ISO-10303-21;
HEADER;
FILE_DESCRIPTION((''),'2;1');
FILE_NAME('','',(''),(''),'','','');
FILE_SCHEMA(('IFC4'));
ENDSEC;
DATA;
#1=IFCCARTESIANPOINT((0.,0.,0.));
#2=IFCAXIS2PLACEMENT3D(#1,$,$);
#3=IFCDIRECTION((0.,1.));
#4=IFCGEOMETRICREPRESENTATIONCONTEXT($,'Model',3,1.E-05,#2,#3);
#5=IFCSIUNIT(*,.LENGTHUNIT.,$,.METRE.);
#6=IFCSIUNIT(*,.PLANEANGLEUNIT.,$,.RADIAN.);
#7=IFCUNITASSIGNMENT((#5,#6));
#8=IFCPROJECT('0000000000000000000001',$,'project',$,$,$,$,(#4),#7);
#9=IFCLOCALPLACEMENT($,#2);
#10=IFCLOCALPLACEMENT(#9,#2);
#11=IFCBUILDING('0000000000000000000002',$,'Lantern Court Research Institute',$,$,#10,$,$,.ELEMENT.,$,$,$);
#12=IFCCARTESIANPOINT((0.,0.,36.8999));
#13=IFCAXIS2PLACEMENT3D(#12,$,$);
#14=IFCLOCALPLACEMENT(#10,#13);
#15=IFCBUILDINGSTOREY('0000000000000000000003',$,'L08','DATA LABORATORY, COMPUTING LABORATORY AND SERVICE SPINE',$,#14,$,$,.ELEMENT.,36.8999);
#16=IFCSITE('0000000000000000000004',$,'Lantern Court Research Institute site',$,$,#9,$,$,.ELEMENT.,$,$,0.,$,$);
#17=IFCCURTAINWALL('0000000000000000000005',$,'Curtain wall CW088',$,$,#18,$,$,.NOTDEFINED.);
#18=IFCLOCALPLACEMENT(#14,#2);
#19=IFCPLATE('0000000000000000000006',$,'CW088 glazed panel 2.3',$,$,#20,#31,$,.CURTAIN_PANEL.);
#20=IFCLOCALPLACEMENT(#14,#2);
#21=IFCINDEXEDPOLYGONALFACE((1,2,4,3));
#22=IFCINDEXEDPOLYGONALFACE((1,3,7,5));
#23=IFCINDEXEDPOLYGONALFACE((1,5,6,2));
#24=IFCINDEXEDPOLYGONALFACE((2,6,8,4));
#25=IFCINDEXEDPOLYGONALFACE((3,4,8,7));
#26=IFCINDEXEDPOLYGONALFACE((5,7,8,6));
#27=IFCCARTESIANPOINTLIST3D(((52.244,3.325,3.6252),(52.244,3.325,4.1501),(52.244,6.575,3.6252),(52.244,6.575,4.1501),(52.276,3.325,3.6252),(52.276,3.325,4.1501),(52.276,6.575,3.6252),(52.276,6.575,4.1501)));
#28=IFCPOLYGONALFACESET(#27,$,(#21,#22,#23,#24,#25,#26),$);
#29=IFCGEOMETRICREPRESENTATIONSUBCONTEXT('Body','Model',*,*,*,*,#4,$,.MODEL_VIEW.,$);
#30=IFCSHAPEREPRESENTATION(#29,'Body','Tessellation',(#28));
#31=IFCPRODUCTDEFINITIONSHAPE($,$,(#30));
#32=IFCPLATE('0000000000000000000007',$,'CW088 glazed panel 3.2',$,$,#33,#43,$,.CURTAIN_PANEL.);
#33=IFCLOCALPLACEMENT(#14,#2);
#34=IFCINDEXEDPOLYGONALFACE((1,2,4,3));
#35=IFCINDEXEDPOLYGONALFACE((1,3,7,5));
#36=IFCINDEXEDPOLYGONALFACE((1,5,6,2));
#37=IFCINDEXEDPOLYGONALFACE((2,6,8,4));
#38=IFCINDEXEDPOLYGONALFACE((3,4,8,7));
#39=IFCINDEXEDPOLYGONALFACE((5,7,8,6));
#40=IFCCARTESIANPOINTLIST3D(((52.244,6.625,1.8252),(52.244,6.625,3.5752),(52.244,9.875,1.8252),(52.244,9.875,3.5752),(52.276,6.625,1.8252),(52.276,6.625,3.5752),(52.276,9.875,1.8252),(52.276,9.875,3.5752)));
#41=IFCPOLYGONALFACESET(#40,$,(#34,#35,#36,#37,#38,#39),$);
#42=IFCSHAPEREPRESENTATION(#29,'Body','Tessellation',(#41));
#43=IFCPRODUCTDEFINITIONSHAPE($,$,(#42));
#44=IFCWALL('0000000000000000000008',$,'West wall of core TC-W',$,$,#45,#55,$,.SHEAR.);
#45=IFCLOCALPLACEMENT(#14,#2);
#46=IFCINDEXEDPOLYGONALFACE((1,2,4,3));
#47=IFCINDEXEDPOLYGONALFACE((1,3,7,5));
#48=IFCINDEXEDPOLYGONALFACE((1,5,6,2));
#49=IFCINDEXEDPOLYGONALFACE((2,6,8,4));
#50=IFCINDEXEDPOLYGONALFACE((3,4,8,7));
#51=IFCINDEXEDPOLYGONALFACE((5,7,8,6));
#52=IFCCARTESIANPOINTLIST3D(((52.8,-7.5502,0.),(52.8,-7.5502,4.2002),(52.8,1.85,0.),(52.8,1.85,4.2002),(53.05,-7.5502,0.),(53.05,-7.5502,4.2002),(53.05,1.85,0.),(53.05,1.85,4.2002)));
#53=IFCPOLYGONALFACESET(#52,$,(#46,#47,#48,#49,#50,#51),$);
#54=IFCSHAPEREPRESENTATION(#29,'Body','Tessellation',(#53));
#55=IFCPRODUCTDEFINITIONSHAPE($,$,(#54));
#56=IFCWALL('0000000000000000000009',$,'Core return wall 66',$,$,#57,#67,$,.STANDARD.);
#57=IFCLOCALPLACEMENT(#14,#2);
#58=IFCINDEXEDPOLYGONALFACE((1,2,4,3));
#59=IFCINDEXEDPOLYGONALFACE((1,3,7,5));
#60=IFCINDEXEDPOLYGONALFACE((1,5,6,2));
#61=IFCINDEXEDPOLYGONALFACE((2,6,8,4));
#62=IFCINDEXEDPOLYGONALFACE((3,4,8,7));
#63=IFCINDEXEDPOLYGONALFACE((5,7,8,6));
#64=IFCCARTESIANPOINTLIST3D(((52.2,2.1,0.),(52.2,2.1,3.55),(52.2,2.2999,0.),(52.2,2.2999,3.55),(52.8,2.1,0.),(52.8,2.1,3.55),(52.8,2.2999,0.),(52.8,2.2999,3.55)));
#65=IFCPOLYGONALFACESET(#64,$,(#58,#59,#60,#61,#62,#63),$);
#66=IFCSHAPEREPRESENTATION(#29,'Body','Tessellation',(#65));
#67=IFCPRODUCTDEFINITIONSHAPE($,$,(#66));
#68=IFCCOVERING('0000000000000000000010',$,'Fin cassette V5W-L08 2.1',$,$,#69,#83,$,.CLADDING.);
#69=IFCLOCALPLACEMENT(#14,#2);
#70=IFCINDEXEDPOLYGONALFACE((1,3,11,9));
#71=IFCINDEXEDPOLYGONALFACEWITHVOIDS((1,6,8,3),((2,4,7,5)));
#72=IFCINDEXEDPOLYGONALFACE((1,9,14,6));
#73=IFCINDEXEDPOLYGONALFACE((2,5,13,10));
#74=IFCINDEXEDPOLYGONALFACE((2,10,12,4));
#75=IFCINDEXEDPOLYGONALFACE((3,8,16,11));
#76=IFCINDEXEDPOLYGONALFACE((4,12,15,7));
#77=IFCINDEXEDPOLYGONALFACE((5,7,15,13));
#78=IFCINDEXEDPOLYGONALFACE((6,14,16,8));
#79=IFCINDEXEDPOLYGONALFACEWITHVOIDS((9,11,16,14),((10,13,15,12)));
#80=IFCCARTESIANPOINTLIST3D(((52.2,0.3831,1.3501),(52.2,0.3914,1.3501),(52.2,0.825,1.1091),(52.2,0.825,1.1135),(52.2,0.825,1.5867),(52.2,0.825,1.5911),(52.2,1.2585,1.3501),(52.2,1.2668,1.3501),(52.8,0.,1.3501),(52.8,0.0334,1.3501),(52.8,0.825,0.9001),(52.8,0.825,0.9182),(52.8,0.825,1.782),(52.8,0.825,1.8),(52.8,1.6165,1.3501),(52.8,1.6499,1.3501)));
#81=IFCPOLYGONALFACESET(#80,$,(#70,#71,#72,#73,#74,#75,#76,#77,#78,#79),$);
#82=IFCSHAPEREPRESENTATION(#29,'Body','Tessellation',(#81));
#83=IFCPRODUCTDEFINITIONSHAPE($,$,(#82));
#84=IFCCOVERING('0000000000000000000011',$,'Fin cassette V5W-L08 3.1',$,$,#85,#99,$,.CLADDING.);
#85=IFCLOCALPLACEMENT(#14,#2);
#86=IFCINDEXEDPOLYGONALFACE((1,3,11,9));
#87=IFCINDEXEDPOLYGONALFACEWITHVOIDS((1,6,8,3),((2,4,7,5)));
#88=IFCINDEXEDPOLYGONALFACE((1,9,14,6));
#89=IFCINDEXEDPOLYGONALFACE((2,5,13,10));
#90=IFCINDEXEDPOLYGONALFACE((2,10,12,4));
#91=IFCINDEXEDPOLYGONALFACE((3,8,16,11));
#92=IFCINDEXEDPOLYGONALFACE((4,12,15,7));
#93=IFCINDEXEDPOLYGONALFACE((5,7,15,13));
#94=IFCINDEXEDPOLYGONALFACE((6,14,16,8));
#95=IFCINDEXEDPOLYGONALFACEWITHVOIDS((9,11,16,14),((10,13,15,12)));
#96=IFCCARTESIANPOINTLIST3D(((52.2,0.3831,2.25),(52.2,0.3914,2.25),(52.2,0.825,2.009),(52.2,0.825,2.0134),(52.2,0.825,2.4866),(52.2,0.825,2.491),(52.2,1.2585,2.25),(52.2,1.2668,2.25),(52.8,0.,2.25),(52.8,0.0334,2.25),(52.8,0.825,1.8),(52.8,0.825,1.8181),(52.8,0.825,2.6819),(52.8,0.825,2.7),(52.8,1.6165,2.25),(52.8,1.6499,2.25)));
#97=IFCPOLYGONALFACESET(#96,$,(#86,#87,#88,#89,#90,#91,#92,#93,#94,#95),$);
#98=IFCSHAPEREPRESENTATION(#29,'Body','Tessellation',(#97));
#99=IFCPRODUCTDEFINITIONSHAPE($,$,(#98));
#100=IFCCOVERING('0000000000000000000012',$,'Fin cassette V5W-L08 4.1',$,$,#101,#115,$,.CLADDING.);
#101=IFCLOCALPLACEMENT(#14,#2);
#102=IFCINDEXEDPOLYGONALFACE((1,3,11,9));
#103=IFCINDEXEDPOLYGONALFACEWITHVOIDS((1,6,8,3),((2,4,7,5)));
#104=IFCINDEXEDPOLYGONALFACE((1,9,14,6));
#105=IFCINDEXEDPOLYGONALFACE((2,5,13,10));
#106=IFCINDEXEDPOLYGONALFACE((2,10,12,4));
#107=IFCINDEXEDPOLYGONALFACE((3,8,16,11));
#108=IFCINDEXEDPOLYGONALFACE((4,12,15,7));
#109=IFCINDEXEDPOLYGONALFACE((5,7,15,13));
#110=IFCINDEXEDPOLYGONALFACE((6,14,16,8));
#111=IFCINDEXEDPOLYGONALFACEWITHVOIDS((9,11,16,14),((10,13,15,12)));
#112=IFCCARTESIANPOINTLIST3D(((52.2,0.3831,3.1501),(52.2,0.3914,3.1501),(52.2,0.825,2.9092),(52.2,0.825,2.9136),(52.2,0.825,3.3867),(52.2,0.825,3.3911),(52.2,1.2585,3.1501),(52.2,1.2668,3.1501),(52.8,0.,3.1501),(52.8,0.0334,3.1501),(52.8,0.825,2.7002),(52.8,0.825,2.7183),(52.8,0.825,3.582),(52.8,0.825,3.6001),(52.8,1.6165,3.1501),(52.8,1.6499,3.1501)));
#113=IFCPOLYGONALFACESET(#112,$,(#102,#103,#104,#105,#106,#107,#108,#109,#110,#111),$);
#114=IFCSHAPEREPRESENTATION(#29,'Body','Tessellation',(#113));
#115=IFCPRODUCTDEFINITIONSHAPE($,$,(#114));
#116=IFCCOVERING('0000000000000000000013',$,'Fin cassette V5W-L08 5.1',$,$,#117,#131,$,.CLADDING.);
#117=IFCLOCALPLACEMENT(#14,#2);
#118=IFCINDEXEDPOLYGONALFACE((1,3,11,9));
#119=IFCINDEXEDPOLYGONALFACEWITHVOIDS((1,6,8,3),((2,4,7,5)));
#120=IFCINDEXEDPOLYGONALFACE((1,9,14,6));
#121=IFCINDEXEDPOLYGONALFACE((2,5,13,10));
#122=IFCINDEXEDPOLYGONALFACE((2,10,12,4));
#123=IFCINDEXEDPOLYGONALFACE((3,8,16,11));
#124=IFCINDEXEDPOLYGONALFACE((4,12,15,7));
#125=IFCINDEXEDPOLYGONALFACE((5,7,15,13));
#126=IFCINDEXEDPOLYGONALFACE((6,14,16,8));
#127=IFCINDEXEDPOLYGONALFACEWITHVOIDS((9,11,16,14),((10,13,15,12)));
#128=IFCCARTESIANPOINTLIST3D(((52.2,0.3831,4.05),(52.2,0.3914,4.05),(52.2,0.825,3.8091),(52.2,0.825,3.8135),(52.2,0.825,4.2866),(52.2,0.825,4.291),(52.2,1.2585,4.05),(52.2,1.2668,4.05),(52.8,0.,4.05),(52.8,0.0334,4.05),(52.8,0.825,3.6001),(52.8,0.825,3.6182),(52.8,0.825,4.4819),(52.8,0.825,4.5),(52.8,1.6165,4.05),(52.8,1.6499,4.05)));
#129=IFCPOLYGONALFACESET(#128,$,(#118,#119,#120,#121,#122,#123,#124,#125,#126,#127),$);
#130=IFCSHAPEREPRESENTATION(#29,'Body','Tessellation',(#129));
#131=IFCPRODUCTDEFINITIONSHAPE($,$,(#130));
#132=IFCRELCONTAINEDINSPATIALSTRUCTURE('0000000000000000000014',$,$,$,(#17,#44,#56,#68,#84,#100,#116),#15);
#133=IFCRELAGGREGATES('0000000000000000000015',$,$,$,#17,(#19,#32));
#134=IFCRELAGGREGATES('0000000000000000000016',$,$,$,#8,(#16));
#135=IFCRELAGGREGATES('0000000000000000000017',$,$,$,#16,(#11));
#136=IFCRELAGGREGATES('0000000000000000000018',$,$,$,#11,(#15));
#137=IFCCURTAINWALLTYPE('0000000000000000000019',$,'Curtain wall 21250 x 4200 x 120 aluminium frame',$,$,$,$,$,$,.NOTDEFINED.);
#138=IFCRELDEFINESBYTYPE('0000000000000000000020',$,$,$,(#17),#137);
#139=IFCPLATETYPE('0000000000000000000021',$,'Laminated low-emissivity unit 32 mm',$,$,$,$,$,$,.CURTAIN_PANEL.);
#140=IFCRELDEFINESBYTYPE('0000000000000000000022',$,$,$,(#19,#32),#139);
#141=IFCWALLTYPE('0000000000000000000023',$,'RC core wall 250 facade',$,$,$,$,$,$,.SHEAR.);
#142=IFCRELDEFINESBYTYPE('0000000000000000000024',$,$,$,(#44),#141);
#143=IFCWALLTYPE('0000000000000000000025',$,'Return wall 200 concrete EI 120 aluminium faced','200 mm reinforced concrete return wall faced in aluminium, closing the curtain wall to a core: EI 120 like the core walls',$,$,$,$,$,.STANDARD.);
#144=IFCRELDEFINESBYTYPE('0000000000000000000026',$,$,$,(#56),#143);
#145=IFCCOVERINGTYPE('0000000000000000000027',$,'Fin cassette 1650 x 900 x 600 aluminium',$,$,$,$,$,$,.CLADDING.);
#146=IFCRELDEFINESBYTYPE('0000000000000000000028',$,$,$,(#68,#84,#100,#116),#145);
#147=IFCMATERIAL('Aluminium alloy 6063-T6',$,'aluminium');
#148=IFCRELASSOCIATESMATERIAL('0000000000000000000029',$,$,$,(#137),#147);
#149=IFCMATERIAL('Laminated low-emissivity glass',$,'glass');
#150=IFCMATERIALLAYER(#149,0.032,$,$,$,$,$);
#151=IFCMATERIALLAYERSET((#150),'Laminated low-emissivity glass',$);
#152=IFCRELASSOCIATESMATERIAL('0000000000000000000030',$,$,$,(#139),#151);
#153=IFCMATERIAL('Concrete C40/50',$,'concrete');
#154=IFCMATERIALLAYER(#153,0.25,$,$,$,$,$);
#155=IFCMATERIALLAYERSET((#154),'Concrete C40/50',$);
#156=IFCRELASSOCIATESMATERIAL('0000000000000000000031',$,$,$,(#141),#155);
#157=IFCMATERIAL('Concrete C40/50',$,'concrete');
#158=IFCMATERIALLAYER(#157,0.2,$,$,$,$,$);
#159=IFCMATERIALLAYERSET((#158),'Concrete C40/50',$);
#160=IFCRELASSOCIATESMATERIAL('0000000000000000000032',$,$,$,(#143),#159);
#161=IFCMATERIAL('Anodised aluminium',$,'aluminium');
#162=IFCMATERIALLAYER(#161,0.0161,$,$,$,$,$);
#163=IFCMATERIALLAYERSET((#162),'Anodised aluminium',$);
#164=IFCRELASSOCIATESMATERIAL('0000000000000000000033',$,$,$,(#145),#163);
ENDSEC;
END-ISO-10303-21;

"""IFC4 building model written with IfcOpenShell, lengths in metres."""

from ifc_helpers import new_model, entity, si_unit, direction, frame, frame_2d, origin, origin_2d, place, context, subcontext, project, spatial, rectangle, extrude, material, layer, layer_set, type_object, element, aggregate, save


model = new_model("IFC4")

# Units and contexts
model_context = context("Model", 3, precision=1e-05, world=origin(), true_north=direction((0.0, 1.0)))
body_context = subcontext(model_context, "Body", "Model", "MODEL_VIEW")
ifc_project = project(units=[si_unit("LENGTHUNIT", "METRE"), si_unit("PLANEANGLEUNIT", "RADIAN")], contexts=[model_context])

# Site, building, storey
site_placement = place(None, origin())
site = spatial("IfcSite", under=ifc_project, at=site_placement, Name="Lantern Court Research Institute site", CompositionType="ELEMENT", RefElevation=0.0)
building_placement = place(site_placement, origin())
building = spatial("IfcBuilding", under=site, at=building_placement, Name="Lantern Court Research Institute", CompositionType="ELEMENT")
storey_placement = place(building_placement, frame((0.0, 0.0, 36.8999)))
storey = spatial("IfcBuildingStorey", under=building, at=storey_placement, Name="L08", Description="DATA LABORATORY, COMPUTING LABORATORY AND SERVICE SPINE", CompositionType="ELEMENT", Elevation=36.8999)

# Curtain wall, plates
ifc_material_1 = material(Name="Aluminium alloy 6063-T6", Category="aluminium")
curtain_wall_type = type_object("IfcCurtainWallType", Name="Curtain wall 21250 x 4200 x 120 aluminium frame", PredefinedType="NOTDEFINED", material=ifc_material_1)
curtain_wall_placement = place(storey_placement, origin())
curtain_wall = element("IfcCurtainWall", 1, at=curtain_wall_placement, inside=storey, type_object=curtain_wall_type, Name="Curtain wall CW088", PredefinedType="NOTDEFINED")
ifc_material_2 = material(Name="Laminated low-emissivity glass", Category="glass")
ifc_layer_1 = layer(ifc_material_2, 0.032)
ifc_layer_set_1 = layer_set([ifc_layer_1], Name="Laminated low-emissivity glass")
plate_type_1 = type_object("IfcPlateType", Name="Laminated low-emissivity unit 32 mm", PredefinedType="CURTAIN_PANEL", material=ifc_layer_set_1)
plate_1_placement = place(storey_placement, frame((52.26, 4.95, 3.6252), z_axis=(0.0, 0.0, 1.0), x_axis=(0.0, 1.0, 0.0)))
plate_1 = element("IfcPlate", 2, at=plate_1_placement, type_object=plate_type_1, Name="CW088 glazed panel 2.3", PredefinedType="CURTAIN_PANEL", context=body_context, shape_type="SweptSolid", body=[
    extrude(rectangle(XDim=3.25, YDim=0.032, at=origin_2d()), origin(), (0.0, 0.0, 1.0), 0.5249),
])
plate_2_placement = place(storey_placement, frame((52.26, 8.25, 1.8252), z_axis=(0.0, 0.0, 1.0), x_axis=(0.0, 1.0, 0.0)))
plate_2 = element("IfcPlate", 3, at=plate_2_placement, type_object=plate_type_1, Name="CW088 glazed panel 3.2", PredefinedType="CURTAIN_PANEL", context=body_context, shape_type="SweptSolid", body=[
    extrude(rectangle(XDim=3.25, YDim=0.032, at=origin_2d()), origin(), (0.0, 0.0, 1.0), 1.75),
])
aggregate(curtain_wall, [plate_1, plate_2])

# Walls
ifc_material_3 = material(Name="Concrete C40/50", Category="concrete")
ifc_layer_2 = layer(ifc_material_3, 0.25)
ifc_layer_set_2 = layer_set([ifc_layer_2], Name="Concrete C40/50")
wall_type_1 = type_object("IfcWallType", Name="RC core wall 250 facade", PredefinedType="SHEAR", material=ifc_layer_set_2)
wall_1_placement = place(storey_placement, frame((52.925, 1.8501, 0.0), z_axis=(0.0, 0.0, 1.0), x_axis=(0.0, -1.0, 0.0)))
element("IfcWall", 4, at=wall_1_placement, inside=storey, type_object=wall_type_1, Name="West wall of core TC-W", PredefinedType="SHEAR", context=body_context, shape_type="SweptSolid", body=[
    extrude(rectangle(XDim=9.4001, YDim=0.25, at=frame_2d((4.7002, 0.0))), origin(), (0.0, 0.0, 1.0), 4.2002),
])
ifc_material_4 = material(Name="Concrete C40/50", Category="concrete")
ifc_layer_3 = layer(ifc_material_4, 0.2)
ifc_layer_set_3 = layer_set([ifc_layer_3], Name="Concrete C40/50")
wall_type_2 = type_object("IfcWallType", Name="Return wall 200 concrete EI 120 aluminium faced", Description="200 mm reinforced concrete return wall faced in aluminium, closing the curtain wall to a core: EI 120 like the core walls", PredefinedType="STANDARD", material=ifc_layer_set_3)
wall_2_placement = place(storey_placement, frame((52.8, 2.2, 0.0), z_axis=(0.0, 0.0, 1.0), x_axis=(-1.0, 0.0, 0.0)))
element("IfcWall", 5, at=wall_2_placement, inside=storey, type_object=wall_type_2, Name="Core return wall 66", PredefinedType="STANDARD", context=body_context, shape_type="SweptSolid", body=[
    extrude(rectangle(XDim=0.6001, YDim=0.2, at=frame_2d((0.3, 0.0))), origin(), (0.0, 0.0, 1.0), 3.55),
])

# Coverings
ifc_material_5 = material(Name="Anodised aluminium", Category="aluminium")
ifc_layer_4 = layer(ifc_material_5, 0.0161)
ifc_layer_set_4 = layer_set([ifc_layer_4], Name="Anodised aluminium")
covering_type = type_object("IfcCoveringType", Name="Fin cassette 1650 x 900 x 600 aluminium", PredefinedType="CLADDING", material=ifc_layer_set_4)
covering_1_placement = place(storey_placement, frame((52.8, 0.825, 1.3501), z_axis=(-1.0, 0.0, 0.0), x_axis=(0.0, -1.0, 0.0)))
cartesian_point_1 = entity("IfcCartesianPoint", [0.825, 0.0])
cartesian_point_2 = entity("IfcCartesianPoint", [0.7915, 0.0])
cartesian_point_3 = entity("IfcCartesianPoint", [0.4419, 0.0])
cartesian_point_4 = entity("IfcCartesianPoint", [0.4336, 0.0])
element("IfcCovering", 6, at=covering_1_placement, inside=storey, type_object=covering_type, Name="Fin cassette V5W-L08 2.1", PredefinedType="CLADDING", context=body_context, shape_type="SweptSolid", body=[
    entity("IfcExtrudedAreaSolidTapered", entity("IfcArbitraryProfileDefWithVoids", "AREA", None, entity("IfcPolyline", [cartesian_point_1, entity("IfcCartesianPoint", [0.0, 0.45]), entity("IfcCartesianPoint", [-0.825, 0.0]), entity("IfcCartesianPoint", [0.0, -0.45]), cartesian_point_1]), [entity("IfcPolyline", [cartesian_point_2, entity("IfcCartesianPoint", [0.0, 0.4319]), entity("IfcCartesianPoint", [-0.7915, 0.0]), entity("IfcCartesianPoint", [0.0, -0.4319]), cartesian_point_2])]), entity("IfcAxis2Placement3D", entity("IfcCartesianPoint", [0.0, 0.0, 0.0])), entity("IfcDirection", [0.0, 0.0, 1.0]), 0.6001, entity("IfcArbitraryProfileDefWithVoids", "AREA", None, entity("IfcPolyline", [cartesian_point_3, entity("IfcCartesianPoint", [0.0, 0.241]), entity("IfcCartesianPoint", [-0.4419, 0.0]), entity("IfcCartesianPoint", [0.0, -0.241]), cartesian_point_3]), [entity("IfcPolyline", [cartesian_point_4, entity("IfcCartesianPoint", [0.0, 0.2366]), entity("IfcCartesianPoint", [-0.4336, 0.0]), entity("IfcCartesianPoint", [0.0, -0.2366]), cartesian_point_4])])),
])
covering_2_placement = place(storey_placement, frame((52.8, 0.825, 2.25), z_axis=(-1.0, 0.0, 0.0), x_axis=(0.0, -1.0, 0.0)))
cartesian_point_5 = entity("IfcCartesianPoint", [0.825, 0.0])
cartesian_point_6 = entity("IfcCartesianPoint", [0.7915, 0.0])
cartesian_point_7 = entity("IfcCartesianPoint", [0.4419, 0.0])
cartesian_point_8 = entity("IfcCartesianPoint", [0.4336, 0.0])
element("IfcCovering", 7, at=covering_2_placement, inside=storey, type_object=covering_type, Name="Fin cassette V5W-L08 3.1", PredefinedType="CLADDING", context=body_context, shape_type="SweptSolid", body=[
    entity("IfcExtrudedAreaSolidTapered", entity("IfcArbitraryProfileDefWithVoids", "AREA", None, entity("IfcPolyline", [cartesian_point_5, entity("IfcCartesianPoint", [0.0, 0.45]), entity("IfcCartesianPoint", [-0.825, 0.0]), entity("IfcCartesianPoint", [0.0, -0.45]), cartesian_point_5]), [entity("IfcPolyline", [cartesian_point_6, entity("IfcCartesianPoint", [0.0, 0.4319]), entity("IfcCartesianPoint", [-0.7915, 0.0]), entity("IfcCartesianPoint", [0.0, -0.4319]), cartesian_point_6])]), entity("IfcAxis2Placement3D", entity("IfcCartesianPoint", [0.0, 0.0, 0.0])), entity("IfcDirection", [0.0, 0.0, 1.0]), 0.6001, entity("IfcArbitraryProfileDefWithVoids", "AREA", None, entity("IfcPolyline", [cartesian_point_7, entity("IfcCartesianPoint", [0.0, 0.241]), entity("IfcCartesianPoint", [-0.4419, 0.0]), entity("IfcCartesianPoint", [0.0, -0.241]), cartesian_point_7]), [entity("IfcPolyline", [cartesian_point_8, entity("IfcCartesianPoint", [0.0, 0.2366]), entity("IfcCartesianPoint", [-0.4336, 0.0]), entity("IfcCartesianPoint", [0.0, -0.2366]), cartesian_point_8])])),
])
covering_3_placement = place(storey_placement, frame((52.8, 0.825, 3.1501), z_axis=(-1.0, 0.0, 0.0), x_axis=(0.0, -1.0, 0.0)))
cartesian_point_9 = entity("IfcCartesianPoint", [0.825, 0.0])
cartesian_point_10 = entity("IfcCartesianPoint", [0.7915, 0.0])
cartesian_point_11 = entity("IfcCartesianPoint", [0.4419, 0.0])
cartesian_point_12 = entity("IfcCartesianPoint", [0.4336, 0.0])
element("IfcCovering", 8, at=covering_3_placement, inside=storey, type_object=covering_type, Name="Fin cassette V5W-L08 4.1", PredefinedType="CLADDING", context=body_context, shape_type="SweptSolid", body=[
    entity("IfcExtrudedAreaSolidTapered", entity("IfcArbitraryProfileDefWithVoids", "AREA", None, entity("IfcPolyline", [cartesian_point_9, entity("IfcCartesianPoint", [0.0, 0.45]), entity("IfcCartesianPoint", [-0.825, 0.0]), entity("IfcCartesianPoint", [0.0, -0.45]), cartesian_point_9]), [entity("IfcPolyline", [cartesian_point_10, entity("IfcCartesianPoint", [0.0, 0.4319]), entity("IfcCartesianPoint", [-0.7915, 0.0]), entity("IfcCartesianPoint", [0.0, -0.4319]), cartesian_point_10])]), entity("IfcAxis2Placement3D", entity("IfcCartesianPoint", [0.0, 0.0, 0.0])), entity("IfcDirection", [0.0, 0.0, 1.0]), 0.6001, entity("IfcArbitraryProfileDefWithVoids", "AREA", None, entity("IfcPolyline", [cartesian_point_11, entity("IfcCartesianPoint", [0.0, 0.241]), entity("IfcCartesianPoint", [-0.4419, 0.0]), entity("IfcCartesianPoint", [0.0, -0.241]), cartesian_point_11]), [entity("IfcPolyline", [cartesian_point_12, entity("IfcCartesianPoint", [0.0, 0.2366]), entity("IfcCartesianPoint", [-0.4336, 0.0]), entity("IfcCartesianPoint", [0.0, -0.2366]), cartesian_point_12])])),
])
covering_4_placement = place(storey_placement, frame((52.8, 0.825, 4.05), z_axis=(-1.0, 0.0, 0.0), x_axis=(0.0, -1.0, 0.0)))
cartesian_point_13 = entity("IfcCartesianPoint", [0.825, 0.0])
cartesian_point_14 = entity("IfcCartesianPoint", [0.7915, 0.0])
cartesian_point_15 = entity("IfcCartesianPoint", [0.4419, 0.0])
cartesian_point_16 = entity("IfcCartesianPoint", [0.4336, 0.0])
element("IfcCovering", 9, at=covering_4_placement, inside=storey, type_object=covering_type, Name="Fin cassette V5W-L08 5.1", PredefinedType="CLADDING", context=body_context, shape_type="SweptSolid", body=[
    entity("IfcExtrudedAreaSolidTapered", entity("IfcArbitraryProfileDefWithVoids", "AREA", None, entity("IfcPolyline", [cartesian_point_13, entity("IfcCartesianPoint", [0.0, 0.45]), entity("IfcCartesianPoint", [-0.825, 0.0]), entity("IfcCartesianPoint", [0.0, -0.45]), cartesian_point_13]), [entity("IfcPolyline", [cartesian_point_14, entity("IfcCartesianPoint", [0.0, 0.4319]), entity("IfcCartesianPoint", [-0.7915, 0.0]), entity("IfcCartesianPoint", [0.0, -0.4319]), cartesian_point_14])]), entity("IfcAxis2Placement3D", entity("IfcCartesianPoint", [0.0, 0.0, 0.0])), entity("IfcDirection", [0.0, 0.0, 1.0]), 0.6001, entity("IfcArbitraryProfileDefWithVoids", "AREA", None, entity("IfcPolyline", [cartesian_point_15, entity("IfcCartesianPoint", [0.0, 0.241]), entity("IfcCartesianPoint", [-0.4419, 0.0]), entity("IfcCartesianPoint", [0.0, -0.241]), cartesian_point_15]), [entity("IfcPolyline", [cartesian_point_16, entity("IfcCartesianPoint", [0.0, 0.2366]), entity("IfcCartesianPoint", [-0.4336, 0.0]), entity("IfcCartesianPoint", [0.0, -0.2366]), cartesian_point_16])])),
])

save(model, "model.ifc")
